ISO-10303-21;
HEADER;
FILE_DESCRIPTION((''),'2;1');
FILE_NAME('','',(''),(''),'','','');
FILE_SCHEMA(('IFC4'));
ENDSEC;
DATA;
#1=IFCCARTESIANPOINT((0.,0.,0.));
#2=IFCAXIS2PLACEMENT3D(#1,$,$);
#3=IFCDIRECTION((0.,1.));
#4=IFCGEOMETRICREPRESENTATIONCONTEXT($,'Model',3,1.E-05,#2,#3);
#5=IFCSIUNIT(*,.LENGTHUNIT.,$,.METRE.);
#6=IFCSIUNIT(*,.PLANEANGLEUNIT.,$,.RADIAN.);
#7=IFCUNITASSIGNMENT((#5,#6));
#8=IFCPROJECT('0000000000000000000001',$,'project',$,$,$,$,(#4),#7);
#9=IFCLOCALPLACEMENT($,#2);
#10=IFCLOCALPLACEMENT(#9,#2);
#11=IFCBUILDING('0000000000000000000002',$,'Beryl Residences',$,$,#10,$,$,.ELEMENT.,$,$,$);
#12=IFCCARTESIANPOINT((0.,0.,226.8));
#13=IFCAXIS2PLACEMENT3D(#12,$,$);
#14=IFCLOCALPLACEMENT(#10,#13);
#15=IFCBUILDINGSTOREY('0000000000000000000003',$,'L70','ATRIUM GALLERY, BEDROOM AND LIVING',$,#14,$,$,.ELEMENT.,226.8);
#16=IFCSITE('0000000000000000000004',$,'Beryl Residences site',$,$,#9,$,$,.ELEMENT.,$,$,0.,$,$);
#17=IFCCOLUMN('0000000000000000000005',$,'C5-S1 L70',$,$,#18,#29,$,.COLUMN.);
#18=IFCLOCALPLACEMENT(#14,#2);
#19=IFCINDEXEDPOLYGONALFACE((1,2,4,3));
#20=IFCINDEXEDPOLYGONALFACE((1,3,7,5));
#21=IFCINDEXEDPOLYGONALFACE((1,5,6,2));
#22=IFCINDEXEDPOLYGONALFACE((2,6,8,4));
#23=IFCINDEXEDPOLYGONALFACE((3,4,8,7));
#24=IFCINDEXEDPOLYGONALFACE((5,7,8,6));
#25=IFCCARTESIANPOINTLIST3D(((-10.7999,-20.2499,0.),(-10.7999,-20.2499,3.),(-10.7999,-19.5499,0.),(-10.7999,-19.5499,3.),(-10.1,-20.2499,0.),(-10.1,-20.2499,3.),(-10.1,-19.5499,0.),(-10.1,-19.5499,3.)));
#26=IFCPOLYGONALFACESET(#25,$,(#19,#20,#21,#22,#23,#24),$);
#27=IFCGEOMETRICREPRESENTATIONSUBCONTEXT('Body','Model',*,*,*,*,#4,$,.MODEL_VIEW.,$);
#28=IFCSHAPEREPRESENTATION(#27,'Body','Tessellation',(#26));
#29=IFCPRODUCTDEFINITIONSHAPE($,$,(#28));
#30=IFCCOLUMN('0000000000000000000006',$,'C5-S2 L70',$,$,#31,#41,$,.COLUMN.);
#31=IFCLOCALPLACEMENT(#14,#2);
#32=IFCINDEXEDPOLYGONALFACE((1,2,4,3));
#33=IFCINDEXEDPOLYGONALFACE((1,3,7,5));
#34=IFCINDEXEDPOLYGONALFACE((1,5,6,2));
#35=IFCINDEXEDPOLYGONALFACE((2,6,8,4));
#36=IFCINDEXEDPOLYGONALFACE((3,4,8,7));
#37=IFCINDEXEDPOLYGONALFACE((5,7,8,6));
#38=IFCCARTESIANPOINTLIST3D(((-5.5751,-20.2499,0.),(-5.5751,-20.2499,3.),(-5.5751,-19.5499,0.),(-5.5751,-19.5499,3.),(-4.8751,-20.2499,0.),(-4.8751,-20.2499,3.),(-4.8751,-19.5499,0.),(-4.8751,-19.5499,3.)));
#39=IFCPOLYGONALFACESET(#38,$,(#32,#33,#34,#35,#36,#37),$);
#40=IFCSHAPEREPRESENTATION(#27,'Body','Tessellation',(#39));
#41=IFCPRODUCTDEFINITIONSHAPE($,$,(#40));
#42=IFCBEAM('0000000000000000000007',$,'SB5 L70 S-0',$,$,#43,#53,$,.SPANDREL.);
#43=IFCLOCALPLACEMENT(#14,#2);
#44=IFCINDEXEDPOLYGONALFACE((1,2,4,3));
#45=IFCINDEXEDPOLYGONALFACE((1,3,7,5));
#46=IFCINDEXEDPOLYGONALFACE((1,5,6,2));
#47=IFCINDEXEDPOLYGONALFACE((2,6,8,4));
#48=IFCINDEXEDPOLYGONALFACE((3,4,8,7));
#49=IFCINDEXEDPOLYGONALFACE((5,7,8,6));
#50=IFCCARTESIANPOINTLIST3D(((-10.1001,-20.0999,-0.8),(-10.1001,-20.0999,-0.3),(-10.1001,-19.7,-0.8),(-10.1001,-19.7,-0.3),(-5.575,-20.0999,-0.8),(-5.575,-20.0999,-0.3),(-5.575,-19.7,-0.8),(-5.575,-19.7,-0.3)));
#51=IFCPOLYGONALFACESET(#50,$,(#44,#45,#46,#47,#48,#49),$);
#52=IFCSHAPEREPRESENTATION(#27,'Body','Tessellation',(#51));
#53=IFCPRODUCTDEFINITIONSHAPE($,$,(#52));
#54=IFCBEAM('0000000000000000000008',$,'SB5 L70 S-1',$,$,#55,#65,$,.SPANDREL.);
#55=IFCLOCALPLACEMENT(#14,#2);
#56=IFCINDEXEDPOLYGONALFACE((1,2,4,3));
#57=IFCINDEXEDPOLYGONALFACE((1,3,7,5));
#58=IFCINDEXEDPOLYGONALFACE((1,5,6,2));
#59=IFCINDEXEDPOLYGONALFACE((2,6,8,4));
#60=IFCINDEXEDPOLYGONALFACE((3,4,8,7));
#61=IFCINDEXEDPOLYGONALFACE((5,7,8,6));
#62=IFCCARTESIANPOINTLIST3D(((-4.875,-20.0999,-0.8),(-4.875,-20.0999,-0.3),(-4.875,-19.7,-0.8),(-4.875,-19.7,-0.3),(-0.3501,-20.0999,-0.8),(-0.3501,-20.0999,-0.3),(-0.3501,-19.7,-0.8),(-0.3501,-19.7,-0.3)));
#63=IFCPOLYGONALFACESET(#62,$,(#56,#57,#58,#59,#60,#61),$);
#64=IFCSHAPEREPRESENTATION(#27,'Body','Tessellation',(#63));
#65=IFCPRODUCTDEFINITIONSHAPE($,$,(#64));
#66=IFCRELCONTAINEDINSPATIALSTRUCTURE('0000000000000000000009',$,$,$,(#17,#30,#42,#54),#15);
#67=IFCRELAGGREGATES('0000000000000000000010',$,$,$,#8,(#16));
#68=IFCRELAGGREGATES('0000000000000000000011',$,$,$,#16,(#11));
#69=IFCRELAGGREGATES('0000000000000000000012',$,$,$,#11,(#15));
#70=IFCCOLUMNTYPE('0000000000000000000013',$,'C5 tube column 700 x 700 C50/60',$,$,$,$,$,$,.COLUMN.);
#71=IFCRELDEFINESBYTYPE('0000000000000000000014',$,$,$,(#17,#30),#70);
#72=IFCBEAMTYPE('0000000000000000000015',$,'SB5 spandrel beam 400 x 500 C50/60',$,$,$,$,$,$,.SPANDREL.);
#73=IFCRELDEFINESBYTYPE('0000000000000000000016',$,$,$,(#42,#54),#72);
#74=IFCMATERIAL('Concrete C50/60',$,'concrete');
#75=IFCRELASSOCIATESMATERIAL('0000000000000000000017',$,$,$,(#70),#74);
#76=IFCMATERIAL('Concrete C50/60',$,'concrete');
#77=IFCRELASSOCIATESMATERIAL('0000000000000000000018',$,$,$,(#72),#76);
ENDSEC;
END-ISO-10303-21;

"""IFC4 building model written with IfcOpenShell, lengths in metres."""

from ifc_helpers import new_model, si_unit, direction, frame, origin, origin_2d, place, context, subcontext, project, spatial, rectangle, extrude, material, material_profile, profile_set, type_object, element, save


model = new_model("IFC4")

# Units and contexts
model_context = context("Model", 3, precision=1e-05, world=origin(), true_north=direction((0.0, 1.0)))
body_context = subcontext(model_context, "Body", "Model", "MODEL_VIEW")
ifc_project = project(units=[si_unit("LENGTHUNIT", "METRE"), si_unit("PLANEANGLEUNIT", "RADIAN")], contexts=[model_context])

# Site, building, storey
site_placement = place(None, origin())
site = spatial("IfcSite", under=ifc_project, at=site_placement, Name="Beryl Residences site", CompositionType="ELEMENT", RefElevation=0.0)
building_placement = place(site_placement, origin())
building = spatial("IfcBuilding", under=site, at=building_placement, Name="Beryl Residences", CompositionType="ELEMENT")
storey_placement = place(building_placement, frame((0.0, 0.0, 226.8)))
storey = spatial("IfcBuildingStorey", under=building, at=storey_placement, Name="L70", Description="ATRIUM GALLERY, BEDROOM AND LIVING", CompositionType="ELEMENT", Elevation=226.8)

# Columns
ifc_material_1 = material(Name="Concrete C50/60", Category="concrete")
ifc_material_profile_1 = material_profile(ifc_material_1, rectangle(XDim=0.7, YDim=0.7, at=origin_2d()))
ifc_profile_set_1 = profile_set([ifc_material_profile_1], Name="Concrete C50/60")
column_type = type_object("IfcColumnType", Name="C5 tube column 700 x 700 C50/60", PredefinedType="COLUMN", material=ifc_profile_set_1)
for number, where, z_axis, x_axis, name in (
    (1, (-10.45, -19.8999, 0.0), (0.0, 0.0, 1.0), (1.0, 0.0, 0.0), "C5-S1 L70"),
    (2, (-5.2251, -19.8999, 0.0), (0.0, 0.0, 1.0), (1.0, 0.0, 0.0), "C5-S2 L70"),
):
    element("IfcColumn", number, at=place(storey_placement, frame(where, z_axis=z_axis, x_axis=x_axis)), inside=storey, type_object=column_type, Name=name, PredefinedType="COLUMN", context=body_context, shape_type="SweptSolid", body=[
        extrude(rectangle(XDim=0.7, YDim=0.7, at=origin_2d()), origin(), (0.0, 0.0, 1.0), 3.0),
    ])

# Beams
ifc_material_2 = material(Name="Concrete C50/60", Category="concrete")
ifc_material_profile_2 = material_profile(ifc_material_2, rectangle(XDim=0.3999, YDim=0.5, at=origin_2d()))
ifc_profile_set_2 = profile_set([ifc_material_profile_2], Name="Concrete C50/60")
beam_type = type_object("IfcBeamType", Name="SB5 spandrel beam 400 x 500 C50/60", PredefinedType="SPANDREL", material=ifc_profile_set_2)
beam_1_placement = place(storey_placement, frame((-10.1001, -19.8999, -0.55), z_axis=(1.0, 0.0, 0.0), x_axis=(0.0, 1.0, 0.0)))
element("IfcBeam", 3, at=beam_1_placement, inside=storey, type_object=beam_type, Name="SB5 L70 S-0", PredefinedType="SPANDREL", context=body_context, shape_type="SweptSolid", body=[
    extrude(rectangle(XDim=0.3999, YDim=0.5, at=origin_2d()), origin(), (0.0, 0.0, 1.0), 4.5251),
])
beam_2_placement = place(storey_placement, frame((-4.875, -19.8999, -0.55), z_axis=(1.0, 0.0, 0.0), x_axis=(0.0, 1.0, 0.0)))
element("IfcBeam", 4, at=beam_2_placement, inside=storey, type_object=beam_type, Name="SB5 L70 S-1", PredefinedType="SPANDREL", context=body_context, shape_type="SweptSolid", body=[
    extrude(rectangle(XDim=0.3999, YDim=0.5, at=origin_2d()), origin(), (0.0, 0.0, 1.0), 4.5249),
])

save(model, "model.ifc")
